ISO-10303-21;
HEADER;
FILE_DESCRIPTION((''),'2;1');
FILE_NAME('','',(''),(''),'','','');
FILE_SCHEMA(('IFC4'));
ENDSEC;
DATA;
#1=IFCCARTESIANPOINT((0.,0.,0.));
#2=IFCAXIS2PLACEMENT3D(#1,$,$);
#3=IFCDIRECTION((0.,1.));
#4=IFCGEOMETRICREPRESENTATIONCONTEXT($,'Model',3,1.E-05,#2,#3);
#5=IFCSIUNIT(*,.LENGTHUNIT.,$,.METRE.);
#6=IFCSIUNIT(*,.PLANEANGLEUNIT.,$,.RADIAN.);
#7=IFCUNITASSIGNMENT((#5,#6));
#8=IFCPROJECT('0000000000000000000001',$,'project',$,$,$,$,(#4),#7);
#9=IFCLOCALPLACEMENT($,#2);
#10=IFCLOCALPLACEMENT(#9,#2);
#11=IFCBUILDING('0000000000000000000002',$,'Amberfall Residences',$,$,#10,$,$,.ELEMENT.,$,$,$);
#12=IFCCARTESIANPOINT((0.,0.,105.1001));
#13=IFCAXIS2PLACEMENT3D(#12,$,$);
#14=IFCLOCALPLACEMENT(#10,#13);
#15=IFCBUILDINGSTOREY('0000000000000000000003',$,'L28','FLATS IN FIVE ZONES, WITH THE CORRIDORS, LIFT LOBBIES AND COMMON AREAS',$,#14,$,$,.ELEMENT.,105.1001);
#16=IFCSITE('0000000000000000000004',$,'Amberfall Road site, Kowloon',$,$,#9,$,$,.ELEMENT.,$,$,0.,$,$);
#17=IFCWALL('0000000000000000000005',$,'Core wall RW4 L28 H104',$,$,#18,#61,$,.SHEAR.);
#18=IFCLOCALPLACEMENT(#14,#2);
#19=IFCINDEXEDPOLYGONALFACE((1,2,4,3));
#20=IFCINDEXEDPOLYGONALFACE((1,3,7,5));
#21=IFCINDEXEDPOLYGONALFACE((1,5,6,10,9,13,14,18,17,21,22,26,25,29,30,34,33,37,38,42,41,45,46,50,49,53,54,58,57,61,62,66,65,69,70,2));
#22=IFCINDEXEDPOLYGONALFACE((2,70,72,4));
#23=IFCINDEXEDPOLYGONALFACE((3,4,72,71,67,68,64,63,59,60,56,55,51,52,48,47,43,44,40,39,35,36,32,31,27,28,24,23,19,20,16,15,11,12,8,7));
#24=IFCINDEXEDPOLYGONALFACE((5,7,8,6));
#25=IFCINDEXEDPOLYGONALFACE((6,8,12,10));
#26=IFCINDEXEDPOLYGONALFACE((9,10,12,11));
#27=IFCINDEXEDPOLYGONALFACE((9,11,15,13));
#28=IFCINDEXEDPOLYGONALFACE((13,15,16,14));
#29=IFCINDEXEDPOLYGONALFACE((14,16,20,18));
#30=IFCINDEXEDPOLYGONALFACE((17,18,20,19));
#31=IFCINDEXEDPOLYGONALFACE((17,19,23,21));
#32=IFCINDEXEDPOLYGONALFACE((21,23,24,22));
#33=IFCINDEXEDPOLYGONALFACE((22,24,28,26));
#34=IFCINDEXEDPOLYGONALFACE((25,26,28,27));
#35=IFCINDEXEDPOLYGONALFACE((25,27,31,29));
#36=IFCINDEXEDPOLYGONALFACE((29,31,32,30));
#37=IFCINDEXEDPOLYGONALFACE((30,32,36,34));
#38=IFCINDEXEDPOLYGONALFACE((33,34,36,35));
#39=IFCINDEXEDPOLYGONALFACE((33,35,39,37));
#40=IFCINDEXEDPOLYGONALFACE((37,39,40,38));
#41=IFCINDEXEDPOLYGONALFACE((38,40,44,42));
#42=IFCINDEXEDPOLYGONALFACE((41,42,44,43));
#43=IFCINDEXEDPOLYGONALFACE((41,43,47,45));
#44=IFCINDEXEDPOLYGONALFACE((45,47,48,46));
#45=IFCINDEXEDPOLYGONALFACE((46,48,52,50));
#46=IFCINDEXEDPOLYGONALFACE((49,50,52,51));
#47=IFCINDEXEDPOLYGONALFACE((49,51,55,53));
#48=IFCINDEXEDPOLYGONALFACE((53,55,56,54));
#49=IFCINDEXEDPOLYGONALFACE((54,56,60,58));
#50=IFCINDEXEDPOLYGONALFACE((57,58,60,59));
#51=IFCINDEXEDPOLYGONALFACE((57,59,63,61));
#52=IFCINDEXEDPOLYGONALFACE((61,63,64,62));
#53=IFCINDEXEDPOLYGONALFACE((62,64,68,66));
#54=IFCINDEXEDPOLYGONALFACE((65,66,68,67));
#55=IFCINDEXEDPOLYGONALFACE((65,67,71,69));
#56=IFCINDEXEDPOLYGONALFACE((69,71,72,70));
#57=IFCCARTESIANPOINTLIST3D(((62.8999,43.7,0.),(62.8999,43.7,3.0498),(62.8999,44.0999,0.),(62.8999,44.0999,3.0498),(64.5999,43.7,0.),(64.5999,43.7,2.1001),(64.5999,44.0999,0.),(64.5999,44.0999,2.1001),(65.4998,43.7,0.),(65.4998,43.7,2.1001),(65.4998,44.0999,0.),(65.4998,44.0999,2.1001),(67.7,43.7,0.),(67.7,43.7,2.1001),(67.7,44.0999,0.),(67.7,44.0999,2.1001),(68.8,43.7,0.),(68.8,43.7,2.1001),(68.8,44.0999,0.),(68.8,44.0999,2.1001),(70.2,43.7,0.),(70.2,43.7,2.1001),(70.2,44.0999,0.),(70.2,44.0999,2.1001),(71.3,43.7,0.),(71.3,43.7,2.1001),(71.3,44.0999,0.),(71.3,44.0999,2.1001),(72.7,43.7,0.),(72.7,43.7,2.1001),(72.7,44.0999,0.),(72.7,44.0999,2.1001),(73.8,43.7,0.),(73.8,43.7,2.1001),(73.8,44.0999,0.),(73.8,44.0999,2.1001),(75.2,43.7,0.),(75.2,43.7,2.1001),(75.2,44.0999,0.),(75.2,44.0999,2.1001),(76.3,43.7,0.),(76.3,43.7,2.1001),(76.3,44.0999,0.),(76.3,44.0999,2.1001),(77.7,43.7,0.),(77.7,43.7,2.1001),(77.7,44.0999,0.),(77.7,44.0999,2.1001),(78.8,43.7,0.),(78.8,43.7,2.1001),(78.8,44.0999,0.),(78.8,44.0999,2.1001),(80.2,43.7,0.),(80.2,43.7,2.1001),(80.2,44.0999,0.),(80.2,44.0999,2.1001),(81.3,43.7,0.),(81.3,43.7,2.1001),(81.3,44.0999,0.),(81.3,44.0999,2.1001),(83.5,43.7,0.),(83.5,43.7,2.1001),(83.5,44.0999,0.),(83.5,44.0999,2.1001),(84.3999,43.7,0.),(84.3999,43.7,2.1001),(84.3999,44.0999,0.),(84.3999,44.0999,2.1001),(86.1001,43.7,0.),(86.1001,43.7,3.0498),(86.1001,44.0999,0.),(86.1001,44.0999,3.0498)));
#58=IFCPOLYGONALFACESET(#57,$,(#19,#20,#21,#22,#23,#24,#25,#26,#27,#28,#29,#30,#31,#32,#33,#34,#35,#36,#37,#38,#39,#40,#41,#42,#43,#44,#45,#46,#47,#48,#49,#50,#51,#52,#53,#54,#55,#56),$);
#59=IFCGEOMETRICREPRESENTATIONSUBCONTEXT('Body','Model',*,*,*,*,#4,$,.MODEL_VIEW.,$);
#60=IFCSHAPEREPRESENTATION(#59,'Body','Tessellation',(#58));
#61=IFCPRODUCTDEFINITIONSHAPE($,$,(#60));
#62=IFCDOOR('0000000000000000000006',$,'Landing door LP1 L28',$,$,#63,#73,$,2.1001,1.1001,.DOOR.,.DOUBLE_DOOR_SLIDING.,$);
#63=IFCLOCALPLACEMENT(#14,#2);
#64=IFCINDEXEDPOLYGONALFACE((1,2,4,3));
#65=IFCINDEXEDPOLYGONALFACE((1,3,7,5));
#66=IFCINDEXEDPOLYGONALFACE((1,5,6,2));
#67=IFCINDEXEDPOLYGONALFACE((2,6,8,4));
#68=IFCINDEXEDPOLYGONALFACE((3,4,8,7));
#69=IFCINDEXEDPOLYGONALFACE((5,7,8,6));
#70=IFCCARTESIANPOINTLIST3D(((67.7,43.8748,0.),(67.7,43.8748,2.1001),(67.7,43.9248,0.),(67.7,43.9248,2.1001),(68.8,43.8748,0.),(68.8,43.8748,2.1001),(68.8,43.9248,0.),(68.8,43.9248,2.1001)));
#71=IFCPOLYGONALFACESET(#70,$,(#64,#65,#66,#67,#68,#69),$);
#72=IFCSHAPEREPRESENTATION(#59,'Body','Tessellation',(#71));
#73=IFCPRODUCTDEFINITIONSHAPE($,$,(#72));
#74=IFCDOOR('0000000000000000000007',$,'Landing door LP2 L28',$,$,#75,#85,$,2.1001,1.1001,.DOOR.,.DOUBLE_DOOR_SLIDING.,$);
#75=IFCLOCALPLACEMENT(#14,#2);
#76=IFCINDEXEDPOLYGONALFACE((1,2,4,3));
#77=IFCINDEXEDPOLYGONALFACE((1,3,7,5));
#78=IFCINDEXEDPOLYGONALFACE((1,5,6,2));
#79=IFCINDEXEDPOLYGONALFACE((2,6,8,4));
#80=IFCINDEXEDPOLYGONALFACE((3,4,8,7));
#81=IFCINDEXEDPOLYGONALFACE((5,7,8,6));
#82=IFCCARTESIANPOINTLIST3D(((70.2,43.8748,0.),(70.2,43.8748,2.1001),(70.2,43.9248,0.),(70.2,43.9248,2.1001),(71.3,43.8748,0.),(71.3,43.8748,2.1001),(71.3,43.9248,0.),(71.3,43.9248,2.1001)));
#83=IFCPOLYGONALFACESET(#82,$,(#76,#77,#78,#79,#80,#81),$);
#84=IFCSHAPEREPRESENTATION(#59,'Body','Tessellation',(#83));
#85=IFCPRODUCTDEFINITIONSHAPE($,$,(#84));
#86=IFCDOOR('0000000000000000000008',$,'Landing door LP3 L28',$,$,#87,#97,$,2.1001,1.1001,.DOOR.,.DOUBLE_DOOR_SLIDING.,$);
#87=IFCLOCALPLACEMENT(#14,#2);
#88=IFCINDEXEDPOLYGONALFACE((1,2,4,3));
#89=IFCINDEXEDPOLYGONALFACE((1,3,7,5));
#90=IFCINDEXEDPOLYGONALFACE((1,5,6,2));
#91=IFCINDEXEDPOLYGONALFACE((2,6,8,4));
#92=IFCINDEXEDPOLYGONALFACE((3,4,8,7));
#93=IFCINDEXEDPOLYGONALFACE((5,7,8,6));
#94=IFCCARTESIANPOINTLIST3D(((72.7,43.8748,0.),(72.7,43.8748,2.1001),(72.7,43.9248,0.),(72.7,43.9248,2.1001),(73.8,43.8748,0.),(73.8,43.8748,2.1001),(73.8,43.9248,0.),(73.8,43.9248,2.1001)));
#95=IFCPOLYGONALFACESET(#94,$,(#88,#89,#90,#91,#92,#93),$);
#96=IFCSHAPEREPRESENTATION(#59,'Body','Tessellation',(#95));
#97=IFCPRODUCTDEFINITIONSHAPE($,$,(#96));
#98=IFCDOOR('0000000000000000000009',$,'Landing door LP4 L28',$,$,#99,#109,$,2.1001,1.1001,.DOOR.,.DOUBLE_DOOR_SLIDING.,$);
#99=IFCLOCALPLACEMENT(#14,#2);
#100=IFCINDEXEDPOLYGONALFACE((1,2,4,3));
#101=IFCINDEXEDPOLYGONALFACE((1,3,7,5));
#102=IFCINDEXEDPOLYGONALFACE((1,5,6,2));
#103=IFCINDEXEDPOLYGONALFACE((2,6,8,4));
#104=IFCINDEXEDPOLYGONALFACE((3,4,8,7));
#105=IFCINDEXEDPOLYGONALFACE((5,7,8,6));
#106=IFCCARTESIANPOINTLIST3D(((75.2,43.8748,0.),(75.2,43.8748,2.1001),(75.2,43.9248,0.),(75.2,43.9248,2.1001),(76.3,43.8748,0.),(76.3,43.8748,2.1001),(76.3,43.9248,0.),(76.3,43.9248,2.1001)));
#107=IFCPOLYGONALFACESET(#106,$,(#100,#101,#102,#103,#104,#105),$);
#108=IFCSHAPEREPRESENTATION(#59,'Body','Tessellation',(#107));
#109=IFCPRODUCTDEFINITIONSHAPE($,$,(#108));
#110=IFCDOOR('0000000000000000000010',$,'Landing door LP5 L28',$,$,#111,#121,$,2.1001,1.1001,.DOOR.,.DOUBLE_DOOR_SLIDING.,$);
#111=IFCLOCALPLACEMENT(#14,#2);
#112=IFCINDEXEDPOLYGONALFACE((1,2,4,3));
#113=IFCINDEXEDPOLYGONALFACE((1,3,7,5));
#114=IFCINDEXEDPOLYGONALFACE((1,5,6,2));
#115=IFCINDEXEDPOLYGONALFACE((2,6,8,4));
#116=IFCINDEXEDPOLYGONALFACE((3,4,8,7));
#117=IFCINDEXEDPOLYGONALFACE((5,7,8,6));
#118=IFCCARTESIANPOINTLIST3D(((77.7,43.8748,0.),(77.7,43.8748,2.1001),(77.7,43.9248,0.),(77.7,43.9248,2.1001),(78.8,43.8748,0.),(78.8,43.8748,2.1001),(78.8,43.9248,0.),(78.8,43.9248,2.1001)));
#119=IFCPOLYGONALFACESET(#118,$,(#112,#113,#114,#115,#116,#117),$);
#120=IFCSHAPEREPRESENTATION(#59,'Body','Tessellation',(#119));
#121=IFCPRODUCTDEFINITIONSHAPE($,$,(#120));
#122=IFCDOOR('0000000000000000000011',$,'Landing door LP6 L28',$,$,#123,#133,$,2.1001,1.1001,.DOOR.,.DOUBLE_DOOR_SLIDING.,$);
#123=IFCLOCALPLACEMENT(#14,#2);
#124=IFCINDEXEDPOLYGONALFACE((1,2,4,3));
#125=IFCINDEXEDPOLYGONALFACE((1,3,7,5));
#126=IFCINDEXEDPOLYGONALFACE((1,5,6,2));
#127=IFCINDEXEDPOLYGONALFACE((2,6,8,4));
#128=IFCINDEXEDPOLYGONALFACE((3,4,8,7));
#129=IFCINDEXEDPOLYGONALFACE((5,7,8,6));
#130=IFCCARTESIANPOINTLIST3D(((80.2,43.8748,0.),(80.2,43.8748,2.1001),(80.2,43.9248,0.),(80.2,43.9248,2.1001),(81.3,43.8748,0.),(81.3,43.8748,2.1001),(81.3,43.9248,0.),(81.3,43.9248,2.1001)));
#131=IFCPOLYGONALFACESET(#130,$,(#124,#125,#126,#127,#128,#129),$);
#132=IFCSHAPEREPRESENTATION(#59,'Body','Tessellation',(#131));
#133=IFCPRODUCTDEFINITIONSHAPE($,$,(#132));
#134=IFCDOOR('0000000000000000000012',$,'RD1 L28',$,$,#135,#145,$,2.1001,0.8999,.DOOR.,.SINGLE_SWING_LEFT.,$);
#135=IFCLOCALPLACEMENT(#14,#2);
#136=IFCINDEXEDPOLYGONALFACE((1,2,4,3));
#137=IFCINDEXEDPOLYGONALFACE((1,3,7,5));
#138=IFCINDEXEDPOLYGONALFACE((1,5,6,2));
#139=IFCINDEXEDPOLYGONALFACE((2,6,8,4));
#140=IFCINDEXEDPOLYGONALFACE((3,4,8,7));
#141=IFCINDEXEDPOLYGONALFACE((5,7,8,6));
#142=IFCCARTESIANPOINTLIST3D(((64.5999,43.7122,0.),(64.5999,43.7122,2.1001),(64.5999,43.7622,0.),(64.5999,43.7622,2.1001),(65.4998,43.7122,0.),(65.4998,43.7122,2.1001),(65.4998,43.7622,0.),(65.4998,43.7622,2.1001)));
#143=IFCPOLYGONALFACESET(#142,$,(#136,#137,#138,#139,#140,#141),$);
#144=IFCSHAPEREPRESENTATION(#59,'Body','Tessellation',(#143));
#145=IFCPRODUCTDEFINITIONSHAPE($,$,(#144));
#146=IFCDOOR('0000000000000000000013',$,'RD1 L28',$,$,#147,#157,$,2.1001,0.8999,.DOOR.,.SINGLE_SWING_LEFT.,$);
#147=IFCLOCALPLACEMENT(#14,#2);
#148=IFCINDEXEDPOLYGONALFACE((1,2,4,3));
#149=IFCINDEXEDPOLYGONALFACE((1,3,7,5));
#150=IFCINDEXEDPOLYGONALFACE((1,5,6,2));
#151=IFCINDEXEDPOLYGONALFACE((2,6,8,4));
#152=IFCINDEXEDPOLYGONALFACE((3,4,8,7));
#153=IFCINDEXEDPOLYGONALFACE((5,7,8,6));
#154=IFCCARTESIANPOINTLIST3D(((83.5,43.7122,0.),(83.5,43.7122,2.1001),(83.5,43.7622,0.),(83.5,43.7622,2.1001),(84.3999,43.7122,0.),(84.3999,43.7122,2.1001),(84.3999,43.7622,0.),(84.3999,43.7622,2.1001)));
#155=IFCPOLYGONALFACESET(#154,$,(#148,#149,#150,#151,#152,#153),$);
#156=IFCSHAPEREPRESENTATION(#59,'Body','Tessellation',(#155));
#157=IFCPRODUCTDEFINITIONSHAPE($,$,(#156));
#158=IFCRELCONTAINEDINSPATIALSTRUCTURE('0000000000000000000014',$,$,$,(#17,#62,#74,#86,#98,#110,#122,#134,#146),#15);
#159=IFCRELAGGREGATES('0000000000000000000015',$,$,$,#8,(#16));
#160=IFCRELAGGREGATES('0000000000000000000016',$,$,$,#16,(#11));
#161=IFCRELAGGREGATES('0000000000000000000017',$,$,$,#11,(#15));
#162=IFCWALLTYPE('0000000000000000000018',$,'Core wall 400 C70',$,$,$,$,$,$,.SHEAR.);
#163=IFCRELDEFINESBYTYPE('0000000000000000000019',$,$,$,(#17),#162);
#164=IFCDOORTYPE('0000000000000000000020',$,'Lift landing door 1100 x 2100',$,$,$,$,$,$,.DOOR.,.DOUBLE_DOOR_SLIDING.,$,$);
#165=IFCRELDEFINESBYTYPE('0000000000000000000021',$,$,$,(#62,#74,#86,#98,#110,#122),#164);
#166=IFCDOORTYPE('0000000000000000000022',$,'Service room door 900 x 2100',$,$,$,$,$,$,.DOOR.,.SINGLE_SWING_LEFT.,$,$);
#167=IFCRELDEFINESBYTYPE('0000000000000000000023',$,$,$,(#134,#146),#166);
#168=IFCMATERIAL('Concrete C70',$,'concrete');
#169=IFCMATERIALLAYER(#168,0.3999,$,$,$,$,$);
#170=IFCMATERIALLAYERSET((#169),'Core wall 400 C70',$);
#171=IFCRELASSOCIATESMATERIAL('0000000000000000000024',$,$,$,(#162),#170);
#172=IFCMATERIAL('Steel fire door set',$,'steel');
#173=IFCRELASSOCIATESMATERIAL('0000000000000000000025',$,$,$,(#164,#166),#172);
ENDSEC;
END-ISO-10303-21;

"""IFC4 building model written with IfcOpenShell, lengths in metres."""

from ifc_helpers import new_model, si_unit, direction, frame, frame_2d, origin, place, context, subcontext, project, spatial, rectangle, extrude, material, layer, layer_set, type_object, element, fill, save


model = new_model("IFC4")

# Units and contexts
model_context = context("Model", 3, precision=1e-05, world=origin(), true_north=direction((0.0, 1.0)))
body_context = subcontext(model_context, "Body", "Model", "MODEL_VIEW")
ifc_project = project(units=[si_unit("LENGTHUNIT", "METRE"), si_unit("PLANEANGLEUNIT", "RADIAN")], contexts=[model_context])

# Site, building, storey
site_placement = place(None, origin())
site = spatial("IfcSite", under=ifc_project, at=site_placement, Name="Amberfall Road site, Kowloon", CompositionType="ELEMENT", RefElevation=0.0)
building_placement = place(site_placement, origin())
building = spatial("IfcBuilding", under=site, at=building_placement, Name="Amberfall Residences", CompositionType="ELEMENT")
storey_placement = place(building_placement, frame((0.0, 0.0, 105.1001)))
storey = spatial("IfcBuildingStorey", under=building, at=storey_placement, Name="L28", Description="FLATS IN FIVE ZONES, WITH THE CORRIDORS, LIFT LOBBIES AND COMMON AREAS", CompositionType="ELEMENT", Elevation=105.1001)

# Shared definitions
ifc_material_1 = material(Name="Concrete C70", Category="concrete")
ifc_layer_1 = layer(ifc_material_1, 0.3999)
ifc_layer_set_1 = layer_set([ifc_layer_1], Name="Core wall 400 C70")
wall_type_1 = type_object("IfcWallType", Name="Core wall 400 C70", PredefinedType="SHEAR", material=ifc_layer_set_1)

# Wall, openings, doors
wall_1_placement = place(storey_placement, frame((62.8999, 43.8999, 0.0), z_axis=(0.0, 0.0, 1.0), x_axis=(1.0, 0.0, 0.0)))
wall_1 = element("IfcWall", 1, at=wall_1_placement, inside=storey, type_object=wall_type_1, Name="Core wall RW4 L28 H104", PredefinedType="SHEAR", context=body_context, shape_type="SweptSolid", body=[
    extrude(rectangle(XDim=23.2002, YDim=0.3999, at=frame_2d((11.6001, 0.0))), origin(), (0.0, 0.0, 1.0), 3.0498),
])
opening_1_placement = place(wall_1_placement, frame((1.7, 0.0, 0.0)))
opening_1 = element("IfcOpeningElement", 2, at=opening_1_placement, cuts=wall_1, PredefinedType="OPENING", context=body_context, shape_type="SweptSolid", body=[
    extrude(rectangle(XDim=0.8999, YDim=2.1001, at=frame_2d((0.45, 1.05))), frame((0.0, 0.21, 0.0), z_axis=(0.0, -1.0, 0.0), x_axis=(1.0, 0.0, 0.0)), (0.0, 0.0, 1.0), 0.4199),
])
opening_2_placement = place(wall_1_placement, frame((20.6001, 0.0, 0.0)))
opening_2 = element("IfcOpeningElement", 3, at=opening_2_placement, cuts=wall_1, PredefinedType="OPENING", context=body_context, shape_type="SweptSolid", body=[
    extrude(rectangle(XDim=0.8999, YDim=2.1001, at=frame_2d((0.45, 1.05))), frame((0.0, 0.21, 0.0), z_axis=(0.0, -1.0, 0.0), x_axis=(1.0, 0.0, 0.0)), (0.0, 0.0, 1.0), 0.4199),
])
opening_3_placement = place(wall_1_placement, frame((4.8, 0.0, 0.0)))
opening_3 = element("IfcOpeningElement", 4, at=opening_3_placement, cuts=wall_1, PredefinedType="OPENING", context=body_context, shape_type="SweptSolid", body=[
    extrude(rectangle(XDim=1.1001, YDim=2.1001, at=frame_2d((0.55, 1.05))), frame((0.0, 0.21, 0.0), z_axis=(0.0, -1.0, 0.0), x_axis=(1.0, 0.0, 0.0)), (0.0, 0.0, 1.0), 0.4199),
])
opening_4_placement = place(wall_1_placement, frame((7.3, 0.0, 0.0)))
opening_4 = element("IfcOpeningElement", 5, at=opening_4_placement, cuts=wall_1, PredefinedType="OPENING", context=body_context, shape_type="SweptSolid", body=[
    extrude(rectangle(XDim=1.1001, YDim=2.1001, at=frame_2d((0.55, 1.05))), frame((0.0, 0.21, 0.0), z_axis=(0.0, -1.0, 0.0), x_axis=(1.0, 0.0, 0.0)), (0.0, 0.0, 1.0), 0.4199),
])
opening_5_placement = place(wall_1_placement, frame((9.8, 0.0, 0.0)))
opening_5 = element("IfcOpeningElement", 6, at=opening_5_placement, cuts=wall_1, PredefinedType="OPENING", context=body_context, shape_type="SweptSolid", body=[
    extrude(rectangle(XDim=1.1001, YDim=2.1001, at=frame_2d((0.55, 1.05))), frame((0.0, 0.21, 0.0), z_axis=(0.0, -1.0, 0.0), x_axis=(1.0, 0.0, 0.0)), (0.0, 0.0, 1.0), 0.4199),
])
opening_6_placement = place(wall_1_placement, frame((12.3, 0.0, 0.0)))
opening_6 = element("IfcOpeningElement", 7, at=opening_6_placement, cuts=wall_1, PredefinedType="OPENING", context=body_context, shape_type="SweptSolid", body=[
    extrude(rectangle(XDim=1.1001, YDim=2.1001, at=frame_2d((0.55, 1.05))), frame((0.0, 0.21, 0.0), z_axis=(0.0, -1.0, 0.0), x_axis=(1.0, 0.0, 0.0)), (0.0, 0.0, 1.0), 0.4199),
])
opening_7_placement = place(wall_1_placement, frame((14.8, 0.0, 0.0)))
opening_7 = element("IfcOpeningElement", 8, at=opening_7_placement, cuts=wall_1, PredefinedType="OPENING", context=body_context, shape_type="SweptSolid", body=[
    extrude(rectangle(XDim=1.1001, YDim=2.1001, at=frame_2d((0.55, 1.05))), frame((0.0, 0.21, 0.0), z_axis=(0.0, -1.0, 0.0), x_axis=(1.0, 0.0, 0.0)), (0.0, 0.0, 1.0), 0.4199),
])
opening_8_placement = place(wall_1_placement, frame((17.3, 0.0, 0.0)))
opening_8 = element("IfcOpeningElement", 9, at=opening_8_placement, cuts=wall_1, PredefinedType="OPENING", context=body_context, shape_type="SweptSolid", body=[
    extrude(rectangle(XDim=1.1001, YDim=2.1001, at=frame_2d((0.55, 1.05))), frame((0.0, 0.21, 0.0), z_axis=(0.0, -1.0, 0.0), x_axis=(1.0, 0.0, 0.0)), (0.0, 0.0, 1.0), 0.4199),
])
ifc_material_2 = material(Name="Steel fire door set", Category="steel")
door_type_1 = type_object("IfcDoorType", Name="Lift landing door 1100 x 2100", OperationType="DOUBLE_DOOR_SLIDING", PredefinedType="DOOR", material=ifc_material_2)
door_1_placement = place(opening_3_placement, origin())
door_1 = element("IfcDoor", 10, at=door_1_placement, inside=storey, type_object=door_type_1, Name="Landing door LP1 L28", OperationType="DOUBLE_DOOR_SLIDING", OverallHeight=2.1001, OverallWidth=1.1001, PredefinedType="DOOR", context=body_context, shape_type="SweptSolid", body=[
    extrude(rectangle(XDim=1.1001, YDim=2.1001, at=frame_2d((0.55, 1.05))), frame((0.0, 0.0249, 0.0), z_axis=(0.0, -1.0, 0.0), x_axis=(1.0, 0.0, 0.0)), (0.0, 0.0, 1.0), 0.05),
])
fill(opening_3, door_1)
door_2_placement = place(opening_4_placement, origin())
door_2 = element("IfcDoor", 11, at=door_2_placement, inside=storey, type_object=door_type_1, Name="Landing door LP2 L28", OperationType="DOUBLE_DOOR_SLIDING", OverallHeight=2.1001, OverallWidth=1.1001, PredefinedType="DOOR", context=body_context, shape_type="SweptSolid", body=[
    extrude(rectangle(XDim=1.1001, YDim=2.1001, at=frame_2d((0.55, 1.05))), frame((0.0, 0.0249, 0.0), z_axis=(0.0, -1.0, 0.0), x_axis=(1.0, 0.0, 0.0)), (0.0, 0.0, 1.0), 0.05),
])
fill(opening_4, door_2)
door_3_placement = place(opening_5_placement, origin())
door_3 = element("IfcDoor", 12, at=door_3_placement, inside=storey, type_object=door_type_1, Name="Landing door LP3 L28", OperationType="DOUBLE_DOOR_SLIDING", OverallHeight=2.1001, OverallWidth=1.1001, PredefinedType="DOOR", context=body_context, shape_type="SweptSolid", body=[
    extrude(rectangle(XDim=1.1001, YDim=2.1001, at=frame_2d((0.55, 1.05))), frame((0.0, 0.0249, 0.0), z_axis=(0.0, -1.0, 0.0), x_axis=(1.0, 0.0, 0.0)), (0.0, 0.0, 1.0), 0.05),
])
fill(opening_5, door_3)
door_4_placement = place(opening_6_placement, origin())
door_4 = element("IfcDoor", 13, at=door_4_placement, inside=storey, type_object=door_type_1, Name="Landing door LP4 L28", OperationType="DOUBLE_DOOR_SLIDING", OverallHeight=2.1001, OverallWidth=1.1001, PredefinedType="DOOR", context=body_context, shape_type="SweptSolid", body=[
    extrude(rectangle(XDim=1.1001, YDim=2.1001, at=frame_2d((0.55, 1.05))), frame((0.0, 0.0249, 0.0), z_axis=(0.0, -1.0, 0.0), x_axis=(1.0, 0.0, 0.0)), (0.0, 0.0, 1.0), 0.05),
])
fill(opening_6, door_4)
door_5_placement = place(opening_7_placement, origin())
door_5 = element("IfcDoor", 14, at=door_5_placement, inside=storey, type_object=door_type_1, Name="Landing door LP5 L28", OperationType="DOUBLE_DOOR_SLIDING", OverallHeight=2.1001, OverallWidth=1.1001, PredefinedType="DOOR", context=body_context, shape_type="SweptSolid", body=[
    extrude(rectangle(XDim=1.1001, YDim=2.1001, at=frame_2d((0.55, 1.05))), frame((0.0, 0.0249, 0.0), z_axis=(0.0, -1.0, 0.0), x_axis=(1.0, 0.0, 0.0)), (0.0, 0.0, 1.0), 0.05),
])
fill(opening_7, door_5)
door_6_placement = place(opening_8_placement, origin())
door_6 = element("IfcDoor", 15, at=door_6_placement, inside=storey, type_object=door_type_1, Name="Landing door LP6 L28", OperationType="DOUBLE_DOOR_SLIDING", OverallHeight=2.1001, OverallWidth=1.1001, PredefinedType="DOOR", context=body_context, shape_type="SweptSolid", body=[
    extrude(rectangle(XDim=1.1001, YDim=2.1001, at=frame_2d((0.55, 1.05))), frame((0.0, 0.0249, 0.0), z_axis=(0.0, -1.0, 0.0), x_axis=(1.0, 0.0, 0.0)), (0.0, 0.0, 1.0), 0.05),
])
fill(opening_8, door_6)
door_type_2 = type_object("IfcDoorType", Name="Service room door 900 x 2100", OperationType="SINGLE_SWING_LEFT", PredefinedType="DOOR", material=ifc_material_2)
door_7_placement = place(opening_1_placement, origin())
door_7 = element("IfcDoor", 16, at=door_7_placement, inside=storey, type_object=door_type_2, Name="RD1 L28", OperationType="SINGLE_SWING_LEFT", OverallHeight=2.1001, OverallWidth=0.8999, PredefinedType="DOOR", context=body_context, shape_type="SweptSolid", body=[
    extrude(rectangle(XDim=0.8999, YDim=2.1001, at=frame_2d((0.45, 1.05))), frame((0.0, -0.1377, 0.0), z_axis=(0.0, -1.0, 0.0), x_axis=(1.0, 0.0, 0.0)), (0.0, 0.0, 1.0), 0.05),
])
fill(opening_1, door_7)
door_8_placement = place(opening_2_placement, origin())
door_8 = element("IfcDoor", 17, at=door_8_placement, inside=storey, type_object=door_type_2, Name="RD1 L28", OperationType="SINGLE_SWING_LEFT", OverallHeight=2.1001, OverallWidth=0.8999, PredefinedType="DOOR", context=body_context, shape_type="SweptSolid", body=[
    extrude(rectangle(XDim=0.8999, YDim=2.1001, at=frame_2d((0.45, 1.05))), frame((0.0, -0.1377, 0.0), z_axis=(0.0, -1.0, 0.0), x_axis=(1.0, 0.0, 0.0)), (0.0, 0.0, 1.0), 0.05),
])
fill(opening_2, door_8)

save(model, "model.ifc")
